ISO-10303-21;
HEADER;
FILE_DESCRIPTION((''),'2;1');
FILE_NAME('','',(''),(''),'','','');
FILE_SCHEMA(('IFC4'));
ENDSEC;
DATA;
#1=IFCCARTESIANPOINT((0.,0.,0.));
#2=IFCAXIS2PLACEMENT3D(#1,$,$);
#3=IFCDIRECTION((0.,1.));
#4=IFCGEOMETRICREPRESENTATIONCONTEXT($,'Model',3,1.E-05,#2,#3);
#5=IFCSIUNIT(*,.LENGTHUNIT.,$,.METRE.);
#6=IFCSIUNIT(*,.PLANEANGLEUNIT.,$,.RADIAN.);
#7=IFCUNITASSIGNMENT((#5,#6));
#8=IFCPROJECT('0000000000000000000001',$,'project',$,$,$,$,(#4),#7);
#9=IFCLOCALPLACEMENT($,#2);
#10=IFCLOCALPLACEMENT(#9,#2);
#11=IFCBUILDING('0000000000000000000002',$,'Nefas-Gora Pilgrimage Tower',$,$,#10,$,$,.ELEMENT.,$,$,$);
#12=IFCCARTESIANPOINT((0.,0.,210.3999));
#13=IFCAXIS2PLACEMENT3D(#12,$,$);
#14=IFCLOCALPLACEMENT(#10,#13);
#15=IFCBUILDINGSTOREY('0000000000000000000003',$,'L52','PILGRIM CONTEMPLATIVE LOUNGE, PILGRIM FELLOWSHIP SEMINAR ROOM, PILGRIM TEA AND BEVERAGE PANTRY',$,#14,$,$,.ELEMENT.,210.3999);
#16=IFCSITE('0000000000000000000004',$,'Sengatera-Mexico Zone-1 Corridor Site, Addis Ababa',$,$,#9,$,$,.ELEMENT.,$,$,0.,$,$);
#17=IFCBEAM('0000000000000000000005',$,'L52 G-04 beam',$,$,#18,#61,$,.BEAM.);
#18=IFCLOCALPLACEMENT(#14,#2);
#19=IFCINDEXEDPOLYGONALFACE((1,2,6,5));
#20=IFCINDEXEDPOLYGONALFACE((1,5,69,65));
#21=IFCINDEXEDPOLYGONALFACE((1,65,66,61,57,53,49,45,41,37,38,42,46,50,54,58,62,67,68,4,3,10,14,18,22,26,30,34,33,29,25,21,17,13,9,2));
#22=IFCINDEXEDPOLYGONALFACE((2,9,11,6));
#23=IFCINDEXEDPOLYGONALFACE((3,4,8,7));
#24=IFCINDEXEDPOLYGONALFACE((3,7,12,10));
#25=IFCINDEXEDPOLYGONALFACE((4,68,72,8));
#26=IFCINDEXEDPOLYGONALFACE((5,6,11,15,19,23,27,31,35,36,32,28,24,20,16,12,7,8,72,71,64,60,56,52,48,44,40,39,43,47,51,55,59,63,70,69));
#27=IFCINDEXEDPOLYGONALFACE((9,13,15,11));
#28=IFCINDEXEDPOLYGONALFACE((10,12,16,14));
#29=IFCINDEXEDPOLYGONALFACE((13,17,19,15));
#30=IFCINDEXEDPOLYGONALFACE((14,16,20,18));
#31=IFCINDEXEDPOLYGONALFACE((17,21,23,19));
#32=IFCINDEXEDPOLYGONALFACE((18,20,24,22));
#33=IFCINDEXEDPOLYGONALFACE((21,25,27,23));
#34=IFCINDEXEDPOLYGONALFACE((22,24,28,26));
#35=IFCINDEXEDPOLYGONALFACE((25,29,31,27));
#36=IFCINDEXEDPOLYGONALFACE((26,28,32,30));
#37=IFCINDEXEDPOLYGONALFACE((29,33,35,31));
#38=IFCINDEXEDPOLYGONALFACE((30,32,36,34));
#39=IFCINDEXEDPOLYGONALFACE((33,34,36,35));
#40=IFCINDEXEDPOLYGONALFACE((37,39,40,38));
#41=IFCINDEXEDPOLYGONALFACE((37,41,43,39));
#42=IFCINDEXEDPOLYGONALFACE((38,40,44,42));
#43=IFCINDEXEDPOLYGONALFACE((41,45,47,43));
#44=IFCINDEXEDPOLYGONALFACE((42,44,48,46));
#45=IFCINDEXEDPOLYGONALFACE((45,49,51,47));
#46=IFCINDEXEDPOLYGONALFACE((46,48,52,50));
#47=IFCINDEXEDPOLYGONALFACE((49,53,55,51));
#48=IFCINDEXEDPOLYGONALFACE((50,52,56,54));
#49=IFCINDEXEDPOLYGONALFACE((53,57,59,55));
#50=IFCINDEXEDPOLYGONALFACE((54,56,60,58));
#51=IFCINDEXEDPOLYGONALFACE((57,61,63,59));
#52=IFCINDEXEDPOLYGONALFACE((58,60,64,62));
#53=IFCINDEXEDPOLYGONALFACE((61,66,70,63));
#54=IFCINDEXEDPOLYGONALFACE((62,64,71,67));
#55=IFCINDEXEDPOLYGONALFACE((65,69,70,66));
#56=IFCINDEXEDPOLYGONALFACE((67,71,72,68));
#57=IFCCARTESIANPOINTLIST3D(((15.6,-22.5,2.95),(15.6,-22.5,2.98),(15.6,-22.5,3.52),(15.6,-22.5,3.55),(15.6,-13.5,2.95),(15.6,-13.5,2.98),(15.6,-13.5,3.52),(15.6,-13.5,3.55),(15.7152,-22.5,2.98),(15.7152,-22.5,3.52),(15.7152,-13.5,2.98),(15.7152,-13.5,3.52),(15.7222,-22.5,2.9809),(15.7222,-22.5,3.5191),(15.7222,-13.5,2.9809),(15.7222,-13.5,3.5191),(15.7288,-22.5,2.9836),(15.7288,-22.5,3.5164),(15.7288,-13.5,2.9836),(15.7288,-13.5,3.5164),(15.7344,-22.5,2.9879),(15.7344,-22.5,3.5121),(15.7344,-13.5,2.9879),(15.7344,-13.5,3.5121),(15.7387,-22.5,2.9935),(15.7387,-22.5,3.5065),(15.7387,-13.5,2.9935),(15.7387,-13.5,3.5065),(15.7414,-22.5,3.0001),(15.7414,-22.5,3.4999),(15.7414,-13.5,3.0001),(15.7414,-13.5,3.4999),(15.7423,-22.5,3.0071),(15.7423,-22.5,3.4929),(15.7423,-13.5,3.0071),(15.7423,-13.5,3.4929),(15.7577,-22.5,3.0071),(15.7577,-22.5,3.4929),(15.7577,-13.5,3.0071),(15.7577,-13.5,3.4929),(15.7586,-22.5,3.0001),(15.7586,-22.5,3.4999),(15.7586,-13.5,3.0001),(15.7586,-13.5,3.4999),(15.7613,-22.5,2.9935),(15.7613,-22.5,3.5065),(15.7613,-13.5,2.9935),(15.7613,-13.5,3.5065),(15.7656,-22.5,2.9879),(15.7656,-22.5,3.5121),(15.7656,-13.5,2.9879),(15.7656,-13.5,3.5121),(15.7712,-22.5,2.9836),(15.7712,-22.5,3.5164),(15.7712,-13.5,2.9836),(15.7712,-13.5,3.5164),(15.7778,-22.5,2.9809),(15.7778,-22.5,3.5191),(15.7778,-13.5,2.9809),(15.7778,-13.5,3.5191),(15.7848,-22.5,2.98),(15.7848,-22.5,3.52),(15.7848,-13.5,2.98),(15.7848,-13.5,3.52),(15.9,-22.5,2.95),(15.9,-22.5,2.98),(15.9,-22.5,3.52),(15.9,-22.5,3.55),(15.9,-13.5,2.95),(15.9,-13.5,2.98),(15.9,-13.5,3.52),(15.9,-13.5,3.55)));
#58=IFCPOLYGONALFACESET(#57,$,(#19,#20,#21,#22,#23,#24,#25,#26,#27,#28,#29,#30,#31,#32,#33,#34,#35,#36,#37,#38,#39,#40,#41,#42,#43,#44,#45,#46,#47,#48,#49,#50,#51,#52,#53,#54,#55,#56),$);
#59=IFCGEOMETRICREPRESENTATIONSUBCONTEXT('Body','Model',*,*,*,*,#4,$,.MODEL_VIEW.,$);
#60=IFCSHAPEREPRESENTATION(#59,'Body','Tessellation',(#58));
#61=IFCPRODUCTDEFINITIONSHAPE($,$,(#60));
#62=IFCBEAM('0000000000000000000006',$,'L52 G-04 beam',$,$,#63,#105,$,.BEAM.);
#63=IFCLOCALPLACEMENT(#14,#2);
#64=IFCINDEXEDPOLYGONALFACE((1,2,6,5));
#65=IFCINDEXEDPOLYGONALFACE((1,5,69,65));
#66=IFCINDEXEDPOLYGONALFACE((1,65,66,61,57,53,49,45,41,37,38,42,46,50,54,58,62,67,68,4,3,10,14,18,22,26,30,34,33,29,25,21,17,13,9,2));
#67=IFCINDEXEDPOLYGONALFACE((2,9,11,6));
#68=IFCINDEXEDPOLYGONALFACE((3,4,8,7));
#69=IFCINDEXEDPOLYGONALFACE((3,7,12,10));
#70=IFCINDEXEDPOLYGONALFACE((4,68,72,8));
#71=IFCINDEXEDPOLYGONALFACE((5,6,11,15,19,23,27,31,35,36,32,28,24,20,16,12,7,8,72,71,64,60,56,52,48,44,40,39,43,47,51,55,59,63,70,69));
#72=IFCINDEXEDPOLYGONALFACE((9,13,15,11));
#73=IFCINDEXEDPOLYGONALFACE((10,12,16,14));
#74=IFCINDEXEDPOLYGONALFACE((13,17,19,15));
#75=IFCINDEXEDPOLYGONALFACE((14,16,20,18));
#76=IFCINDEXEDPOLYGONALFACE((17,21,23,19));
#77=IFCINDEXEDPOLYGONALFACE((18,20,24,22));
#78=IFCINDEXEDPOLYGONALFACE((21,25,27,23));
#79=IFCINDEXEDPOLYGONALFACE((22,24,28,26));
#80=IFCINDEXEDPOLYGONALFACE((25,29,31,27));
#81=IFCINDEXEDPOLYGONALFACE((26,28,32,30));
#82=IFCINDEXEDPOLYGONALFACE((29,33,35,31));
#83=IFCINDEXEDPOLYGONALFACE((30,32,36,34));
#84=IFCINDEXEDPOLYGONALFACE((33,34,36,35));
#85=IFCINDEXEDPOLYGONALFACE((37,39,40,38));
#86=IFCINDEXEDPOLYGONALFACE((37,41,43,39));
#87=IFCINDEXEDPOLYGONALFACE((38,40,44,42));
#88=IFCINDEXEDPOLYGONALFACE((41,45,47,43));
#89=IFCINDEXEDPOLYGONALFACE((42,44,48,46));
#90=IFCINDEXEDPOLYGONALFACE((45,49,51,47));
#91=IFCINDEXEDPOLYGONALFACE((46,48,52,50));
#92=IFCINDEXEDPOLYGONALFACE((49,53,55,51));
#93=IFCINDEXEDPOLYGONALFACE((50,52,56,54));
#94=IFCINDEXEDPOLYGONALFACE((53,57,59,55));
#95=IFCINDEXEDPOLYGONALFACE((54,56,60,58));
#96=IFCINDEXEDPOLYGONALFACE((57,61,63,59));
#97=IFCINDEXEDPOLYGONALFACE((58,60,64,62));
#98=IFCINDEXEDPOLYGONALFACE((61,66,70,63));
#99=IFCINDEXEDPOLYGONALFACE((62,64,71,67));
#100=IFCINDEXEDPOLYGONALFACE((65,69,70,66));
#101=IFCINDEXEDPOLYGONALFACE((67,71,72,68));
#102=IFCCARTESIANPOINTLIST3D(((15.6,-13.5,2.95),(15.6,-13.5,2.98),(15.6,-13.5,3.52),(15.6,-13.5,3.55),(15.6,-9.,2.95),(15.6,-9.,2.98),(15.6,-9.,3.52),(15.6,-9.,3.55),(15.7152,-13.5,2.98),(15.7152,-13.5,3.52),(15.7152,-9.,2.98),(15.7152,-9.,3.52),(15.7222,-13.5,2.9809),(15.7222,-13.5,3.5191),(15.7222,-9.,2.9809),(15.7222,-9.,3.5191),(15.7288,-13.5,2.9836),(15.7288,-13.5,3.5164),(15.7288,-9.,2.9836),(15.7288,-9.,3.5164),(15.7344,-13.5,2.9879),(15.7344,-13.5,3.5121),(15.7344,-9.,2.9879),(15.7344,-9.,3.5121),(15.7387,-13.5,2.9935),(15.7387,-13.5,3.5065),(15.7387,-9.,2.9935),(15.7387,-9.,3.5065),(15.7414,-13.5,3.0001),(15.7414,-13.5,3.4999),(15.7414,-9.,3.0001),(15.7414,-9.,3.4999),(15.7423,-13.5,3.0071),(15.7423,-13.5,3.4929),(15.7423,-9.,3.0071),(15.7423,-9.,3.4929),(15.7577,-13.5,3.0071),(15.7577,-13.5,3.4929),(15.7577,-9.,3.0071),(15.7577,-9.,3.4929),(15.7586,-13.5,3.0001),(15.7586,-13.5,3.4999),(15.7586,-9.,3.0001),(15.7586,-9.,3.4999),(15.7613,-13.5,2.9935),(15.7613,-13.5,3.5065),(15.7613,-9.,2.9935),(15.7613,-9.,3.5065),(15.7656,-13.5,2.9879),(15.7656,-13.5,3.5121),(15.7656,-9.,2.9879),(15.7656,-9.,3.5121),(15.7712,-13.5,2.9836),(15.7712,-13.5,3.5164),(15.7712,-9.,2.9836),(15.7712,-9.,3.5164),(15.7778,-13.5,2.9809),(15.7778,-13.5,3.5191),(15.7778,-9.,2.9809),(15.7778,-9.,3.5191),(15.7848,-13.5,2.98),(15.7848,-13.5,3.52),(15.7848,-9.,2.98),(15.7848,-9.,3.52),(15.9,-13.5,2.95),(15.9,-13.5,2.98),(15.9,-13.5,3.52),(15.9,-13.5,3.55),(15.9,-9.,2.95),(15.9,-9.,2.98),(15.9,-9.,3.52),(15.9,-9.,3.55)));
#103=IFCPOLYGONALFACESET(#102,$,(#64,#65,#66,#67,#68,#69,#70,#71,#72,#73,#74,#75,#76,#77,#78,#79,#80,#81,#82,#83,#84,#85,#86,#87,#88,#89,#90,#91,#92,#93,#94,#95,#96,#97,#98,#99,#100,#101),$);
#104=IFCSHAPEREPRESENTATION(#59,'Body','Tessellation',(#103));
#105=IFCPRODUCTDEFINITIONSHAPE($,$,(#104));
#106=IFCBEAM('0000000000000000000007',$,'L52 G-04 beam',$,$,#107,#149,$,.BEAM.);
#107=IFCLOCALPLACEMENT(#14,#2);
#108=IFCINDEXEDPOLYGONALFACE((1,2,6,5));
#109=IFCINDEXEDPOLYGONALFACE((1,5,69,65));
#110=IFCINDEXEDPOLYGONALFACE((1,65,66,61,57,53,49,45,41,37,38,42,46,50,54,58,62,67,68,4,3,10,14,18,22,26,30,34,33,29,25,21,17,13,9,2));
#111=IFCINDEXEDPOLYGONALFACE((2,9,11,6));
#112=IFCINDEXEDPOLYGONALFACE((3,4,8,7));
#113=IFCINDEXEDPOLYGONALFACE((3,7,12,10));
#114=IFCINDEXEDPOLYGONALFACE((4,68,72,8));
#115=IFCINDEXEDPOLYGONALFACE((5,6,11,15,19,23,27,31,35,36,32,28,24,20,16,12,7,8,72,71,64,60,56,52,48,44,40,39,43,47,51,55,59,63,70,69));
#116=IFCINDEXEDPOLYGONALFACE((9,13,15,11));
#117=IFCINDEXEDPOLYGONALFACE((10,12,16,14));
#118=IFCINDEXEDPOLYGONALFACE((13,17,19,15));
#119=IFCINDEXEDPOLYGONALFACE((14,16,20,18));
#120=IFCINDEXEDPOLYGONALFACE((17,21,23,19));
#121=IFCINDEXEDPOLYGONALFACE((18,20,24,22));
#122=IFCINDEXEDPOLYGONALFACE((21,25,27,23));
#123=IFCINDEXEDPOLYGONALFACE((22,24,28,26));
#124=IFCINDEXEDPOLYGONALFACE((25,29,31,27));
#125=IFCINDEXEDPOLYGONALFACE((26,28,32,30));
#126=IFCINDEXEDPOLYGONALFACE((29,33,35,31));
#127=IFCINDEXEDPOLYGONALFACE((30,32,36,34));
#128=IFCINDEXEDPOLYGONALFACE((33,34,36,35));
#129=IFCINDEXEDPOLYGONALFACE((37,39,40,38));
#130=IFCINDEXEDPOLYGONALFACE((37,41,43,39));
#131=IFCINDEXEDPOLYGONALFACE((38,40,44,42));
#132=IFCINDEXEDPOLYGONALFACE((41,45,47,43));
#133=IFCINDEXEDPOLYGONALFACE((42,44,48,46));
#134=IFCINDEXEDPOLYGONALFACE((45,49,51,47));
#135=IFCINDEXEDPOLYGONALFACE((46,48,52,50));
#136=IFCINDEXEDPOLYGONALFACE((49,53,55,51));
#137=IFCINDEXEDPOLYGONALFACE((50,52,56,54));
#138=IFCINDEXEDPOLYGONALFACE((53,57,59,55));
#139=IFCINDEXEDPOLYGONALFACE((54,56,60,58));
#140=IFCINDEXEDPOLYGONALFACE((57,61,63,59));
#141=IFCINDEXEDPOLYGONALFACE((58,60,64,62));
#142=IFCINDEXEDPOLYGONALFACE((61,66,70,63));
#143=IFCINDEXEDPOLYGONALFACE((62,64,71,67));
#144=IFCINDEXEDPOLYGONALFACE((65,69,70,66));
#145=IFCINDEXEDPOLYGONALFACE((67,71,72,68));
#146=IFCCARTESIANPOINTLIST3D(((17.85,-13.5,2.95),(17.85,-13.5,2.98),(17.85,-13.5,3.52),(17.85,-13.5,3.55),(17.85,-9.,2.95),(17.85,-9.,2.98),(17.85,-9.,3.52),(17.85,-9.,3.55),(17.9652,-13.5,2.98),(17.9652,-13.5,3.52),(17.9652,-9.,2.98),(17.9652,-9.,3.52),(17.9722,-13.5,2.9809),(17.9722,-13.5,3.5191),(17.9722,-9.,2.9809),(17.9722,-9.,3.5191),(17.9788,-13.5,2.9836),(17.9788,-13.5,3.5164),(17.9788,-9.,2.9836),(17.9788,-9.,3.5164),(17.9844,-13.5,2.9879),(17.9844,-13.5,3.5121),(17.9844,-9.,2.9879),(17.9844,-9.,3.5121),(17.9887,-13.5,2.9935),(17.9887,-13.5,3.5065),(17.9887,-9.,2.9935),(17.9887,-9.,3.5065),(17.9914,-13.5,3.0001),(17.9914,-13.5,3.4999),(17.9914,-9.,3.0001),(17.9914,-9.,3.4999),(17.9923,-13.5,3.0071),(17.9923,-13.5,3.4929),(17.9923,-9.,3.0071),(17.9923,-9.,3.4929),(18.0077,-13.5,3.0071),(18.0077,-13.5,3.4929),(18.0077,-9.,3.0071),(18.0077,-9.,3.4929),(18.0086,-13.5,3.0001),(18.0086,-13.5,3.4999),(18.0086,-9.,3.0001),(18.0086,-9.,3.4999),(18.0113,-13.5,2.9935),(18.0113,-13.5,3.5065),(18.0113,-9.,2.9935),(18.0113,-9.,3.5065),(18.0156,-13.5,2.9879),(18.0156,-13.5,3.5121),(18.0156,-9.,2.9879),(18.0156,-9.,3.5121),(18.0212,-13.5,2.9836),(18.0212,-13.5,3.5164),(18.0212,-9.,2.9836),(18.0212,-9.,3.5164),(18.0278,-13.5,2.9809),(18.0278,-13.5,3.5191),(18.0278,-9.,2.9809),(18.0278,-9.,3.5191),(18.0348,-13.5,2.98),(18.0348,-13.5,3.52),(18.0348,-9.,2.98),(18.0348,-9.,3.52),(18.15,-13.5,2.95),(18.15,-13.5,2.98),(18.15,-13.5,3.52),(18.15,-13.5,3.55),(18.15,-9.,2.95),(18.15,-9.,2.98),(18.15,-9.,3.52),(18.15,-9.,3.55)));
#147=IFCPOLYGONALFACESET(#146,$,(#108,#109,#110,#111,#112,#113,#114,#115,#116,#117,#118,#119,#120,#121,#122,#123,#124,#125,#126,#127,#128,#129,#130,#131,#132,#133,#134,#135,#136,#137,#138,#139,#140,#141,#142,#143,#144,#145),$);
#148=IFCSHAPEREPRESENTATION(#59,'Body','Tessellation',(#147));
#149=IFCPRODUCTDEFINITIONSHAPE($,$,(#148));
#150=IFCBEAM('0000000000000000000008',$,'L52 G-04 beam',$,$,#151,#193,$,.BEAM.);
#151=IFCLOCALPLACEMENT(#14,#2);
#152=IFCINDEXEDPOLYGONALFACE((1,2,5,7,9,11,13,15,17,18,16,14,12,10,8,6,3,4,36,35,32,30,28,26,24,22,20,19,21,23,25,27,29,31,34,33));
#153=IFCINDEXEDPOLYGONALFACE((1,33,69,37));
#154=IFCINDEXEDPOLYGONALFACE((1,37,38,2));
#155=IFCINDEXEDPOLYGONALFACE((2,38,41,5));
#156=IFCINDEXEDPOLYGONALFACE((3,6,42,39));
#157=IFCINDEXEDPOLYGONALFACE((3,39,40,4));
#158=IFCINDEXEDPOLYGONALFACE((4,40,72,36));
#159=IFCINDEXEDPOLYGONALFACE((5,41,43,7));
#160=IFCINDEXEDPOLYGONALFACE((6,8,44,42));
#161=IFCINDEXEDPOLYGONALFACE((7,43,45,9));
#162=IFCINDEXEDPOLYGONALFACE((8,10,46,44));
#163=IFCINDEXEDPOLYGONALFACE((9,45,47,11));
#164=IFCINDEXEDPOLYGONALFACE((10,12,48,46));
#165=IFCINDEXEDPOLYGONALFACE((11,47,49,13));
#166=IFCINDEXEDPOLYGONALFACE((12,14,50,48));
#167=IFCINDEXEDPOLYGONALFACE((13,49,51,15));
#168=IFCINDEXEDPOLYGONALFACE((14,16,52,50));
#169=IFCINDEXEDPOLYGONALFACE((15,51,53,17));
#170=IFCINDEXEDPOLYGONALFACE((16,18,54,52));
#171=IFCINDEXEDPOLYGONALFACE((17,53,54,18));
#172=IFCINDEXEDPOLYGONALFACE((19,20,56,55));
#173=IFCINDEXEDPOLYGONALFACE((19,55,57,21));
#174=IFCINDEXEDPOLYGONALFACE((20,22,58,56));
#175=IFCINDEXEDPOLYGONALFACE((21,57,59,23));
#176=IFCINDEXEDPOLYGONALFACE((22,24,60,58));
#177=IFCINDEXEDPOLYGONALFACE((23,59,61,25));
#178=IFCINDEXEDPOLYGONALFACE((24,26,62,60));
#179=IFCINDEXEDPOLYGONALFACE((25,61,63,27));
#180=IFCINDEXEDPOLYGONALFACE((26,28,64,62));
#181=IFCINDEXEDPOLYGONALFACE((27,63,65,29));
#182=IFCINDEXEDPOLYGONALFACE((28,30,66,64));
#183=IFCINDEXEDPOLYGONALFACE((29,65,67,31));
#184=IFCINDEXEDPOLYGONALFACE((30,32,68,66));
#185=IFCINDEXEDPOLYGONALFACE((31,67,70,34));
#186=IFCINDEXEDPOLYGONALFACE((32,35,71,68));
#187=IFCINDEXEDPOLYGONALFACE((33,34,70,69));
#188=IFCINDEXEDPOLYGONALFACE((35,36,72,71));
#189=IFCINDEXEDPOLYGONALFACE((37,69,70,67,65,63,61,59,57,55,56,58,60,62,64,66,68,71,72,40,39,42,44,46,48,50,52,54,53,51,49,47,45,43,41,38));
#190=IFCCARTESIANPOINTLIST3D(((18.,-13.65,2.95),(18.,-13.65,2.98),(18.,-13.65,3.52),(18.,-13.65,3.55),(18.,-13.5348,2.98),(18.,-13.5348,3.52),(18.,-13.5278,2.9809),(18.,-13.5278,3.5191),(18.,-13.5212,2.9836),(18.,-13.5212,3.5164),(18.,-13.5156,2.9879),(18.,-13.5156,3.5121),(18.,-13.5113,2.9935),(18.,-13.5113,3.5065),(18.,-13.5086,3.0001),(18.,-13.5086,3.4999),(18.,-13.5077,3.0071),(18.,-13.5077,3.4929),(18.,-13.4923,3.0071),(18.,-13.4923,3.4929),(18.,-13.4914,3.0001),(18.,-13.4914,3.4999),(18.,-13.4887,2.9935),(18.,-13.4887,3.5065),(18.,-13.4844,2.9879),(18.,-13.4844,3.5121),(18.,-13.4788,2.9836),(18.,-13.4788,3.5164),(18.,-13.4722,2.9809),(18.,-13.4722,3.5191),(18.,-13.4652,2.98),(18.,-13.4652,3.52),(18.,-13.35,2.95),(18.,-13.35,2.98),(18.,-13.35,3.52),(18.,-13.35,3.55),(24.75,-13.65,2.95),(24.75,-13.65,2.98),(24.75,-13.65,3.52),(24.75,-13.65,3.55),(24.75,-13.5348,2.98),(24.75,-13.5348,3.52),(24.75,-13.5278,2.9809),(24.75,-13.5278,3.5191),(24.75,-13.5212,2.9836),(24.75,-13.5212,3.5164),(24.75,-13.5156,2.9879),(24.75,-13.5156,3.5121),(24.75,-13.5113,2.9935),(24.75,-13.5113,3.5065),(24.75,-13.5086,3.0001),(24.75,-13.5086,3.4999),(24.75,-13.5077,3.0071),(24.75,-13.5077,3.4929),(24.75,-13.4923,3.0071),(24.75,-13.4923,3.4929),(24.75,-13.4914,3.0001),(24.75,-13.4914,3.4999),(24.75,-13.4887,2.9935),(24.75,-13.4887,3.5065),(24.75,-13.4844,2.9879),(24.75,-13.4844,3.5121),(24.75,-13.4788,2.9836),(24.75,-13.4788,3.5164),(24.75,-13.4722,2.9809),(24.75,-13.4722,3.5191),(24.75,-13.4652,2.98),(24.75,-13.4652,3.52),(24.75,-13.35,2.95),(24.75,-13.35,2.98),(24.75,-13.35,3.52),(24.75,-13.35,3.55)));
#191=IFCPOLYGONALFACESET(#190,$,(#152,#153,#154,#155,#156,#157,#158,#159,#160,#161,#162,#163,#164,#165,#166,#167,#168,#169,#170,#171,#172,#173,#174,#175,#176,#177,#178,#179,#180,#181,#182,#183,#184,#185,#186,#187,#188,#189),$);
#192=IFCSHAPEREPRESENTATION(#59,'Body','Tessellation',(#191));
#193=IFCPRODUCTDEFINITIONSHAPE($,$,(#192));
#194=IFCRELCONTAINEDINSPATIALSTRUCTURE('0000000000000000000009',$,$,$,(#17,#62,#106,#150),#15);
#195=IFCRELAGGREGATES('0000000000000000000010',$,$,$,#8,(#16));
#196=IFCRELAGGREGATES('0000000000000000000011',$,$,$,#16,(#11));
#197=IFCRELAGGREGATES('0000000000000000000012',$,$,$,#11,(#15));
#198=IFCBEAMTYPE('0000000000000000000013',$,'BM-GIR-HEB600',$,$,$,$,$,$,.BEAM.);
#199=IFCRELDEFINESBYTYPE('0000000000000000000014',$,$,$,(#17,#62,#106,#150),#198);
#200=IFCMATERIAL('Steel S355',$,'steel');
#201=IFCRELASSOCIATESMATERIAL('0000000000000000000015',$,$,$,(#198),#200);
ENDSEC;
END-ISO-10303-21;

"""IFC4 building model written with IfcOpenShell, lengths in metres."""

from ifc_helpers import new_model, si_unit, direction, frame, origin, origin_2d, place, context, subcontext, project, spatial, i_section, extrude, source, transform, mapped, material, material_profile, profile_set, type_object, element, save


model = new_model("IFC4")

# Units and contexts
model_context = context("Model", 3, precision=1e-05, world=origin(), true_north=direction((0.0, 1.0)))
body_context = subcontext(model_context, "Body", "Model", "MODEL_VIEW")
ifc_project = project(units=[si_unit("LENGTHUNIT", "METRE"), si_unit("PLANEANGLEUNIT", "RADIAN")], contexts=[model_context])

# Site, building, storey
site_placement = place(None, origin())
site = spatial("IfcSite", under=ifc_project, at=site_placement, Name="Sengatera-Mexico Zone-1 Corridor Site, Addis Ababa", CompositionType="ELEMENT", RefElevation=0.0)
building_placement = place(site_placement, origin())
building = spatial("IfcBuilding", under=site, at=building_placement, Name="Nefas-Gora Pilgrimage Tower", CompositionType="ELEMENT")
storey_placement = place(building_placement, frame((0.0, 0.0, 210.3999)))
storey = spatial("IfcBuildingStorey", under=building, at=storey_placement, Name="L52", Description="PILGRIM CONTEMPLATIVE LOUNGE, PILGRIM FELLOWSHIP SEMINAR ROOM, PILGRIM TEA AND BEVERAGE PANTRY", CompositionType="ELEMENT", Elevation=210.3999)

# Beams
ifc_material_1 = material(Name="Steel S355", Category="steel")
ifc_material_profile_1 = material_profile(ifc_material_1, i_section(OverallWidth=0.3, OverallDepth=0.6001, WebThickness=0.0154, FlangeThickness=0.03, FilletRadius=0.0271, at=origin_2d()), Name="HEB 600")
ifc_profile_set_1 = profile_set([ifc_material_profile_1], Name="Steel S355")
beam_type_1 = type_object("IfcBeamType", Name="BM-GIR-HEB600", PredefinedType="BEAM", material=ifc_profile_set_1)
shared_shape_1 = source(origin(), body_context, "Body", "SweptSolid", [
    extrude(i_section(OverallWidth=0.3, OverallDepth=0.6001, WebThickness=0.0154, FlangeThickness=0.03, FilletRadius=0.0271, at=origin_2d()), origin(), (0.0, 0.0, 1.0), 9.0),
])
for number, where, z_axis, x_axis, name in (
    (1, (15.75, -22.5, 3.25), (0.0, 1.0, 0.0), (-1.0, 0.0, 0.0), "L52 G-04 beam"),
):
    element("IfcBeam", number, at=place(storey_placement, frame(where, z_axis=z_axis, x_axis=x_axis)), inside=storey, type_object=beam_type_1, Name=name, PredefinedType="BEAM", context=body_context, shape_type="MappedRepresentation", body=[
        mapped(shared_shape_1, transform((0.0, 0.0, 0.0), x_axis=(1.0, 0.0, 0.0), y_axis=(0.0, 1.0, 0.0), z_axis=(0.0, 0.0, 1.0), scale=1.0)),
    ])
shared_shape_2 = source(origin(), body_context, "Body", "SweptSolid", [
    extrude(i_section(OverallWidth=0.3, OverallDepth=0.6001, WebThickness=0.0154, FlangeThickness=0.03, FilletRadius=0.0271, at=origin_2d()), origin(), (0.0, 0.0, 1.0), 4.5),
])
for number, where, z_axis, x_axis, name in (
    (2, (15.75, -13.5, 3.25), (0.0, 1.0, 0.0), (-1.0, 0.0, 0.0), "L52 G-04 beam"),
    (3, (18.0, -13.5, 3.25), (0.0, 1.0, 0.0), (-1.0, 0.0, 0.0), "L52 G-04 beam"),
):
    element("IfcBeam", number, at=place(storey_placement, frame(where, z_axis=z_axis, x_axis=x_axis)), inside=storey, type_object=beam_type_1, Name=name, PredefinedType="BEAM", context=body_context, shape_type="MappedRepresentation", body=[
        mapped(shared_shape_2, transform((0.0, 0.0, 0.0), x_axis=(1.0, 0.0, 0.0), y_axis=(0.0, 1.0, 0.0), z_axis=(0.0, 0.0, 1.0), scale=1.0)),
    ])
shared_shape_3 = source(origin(), body_context, "Body", "SweptSolid", [
    extrude(i_section(OverallWidth=0.3, OverallDepth=0.6001, WebThickness=0.0154, FlangeThickness=0.03, FilletRadius=0.0271, at=origin_2d()), origin(), (0.0, 0.0, 1.0), 6.75),
])
beam_1_placement = place(storey_placement, frame((18.0, -13.5, 3.25), z_axis=(1.0, 0.0, 0.0), x_axis=(0.0, 1.0, 0.0)))
element("IfcBeam", 4, at=beam_1_placement, inside=storey, type_object=beam_type_1, Name="L52 G-04 beam", PredefinedType="BEAM", context=body_context, shape_type="MappedRepresentation", body=[
    mapped(shared_shape_3, transform((0.0, 0.0, 0.0), x_axis=(1.0, 0.0, 0.0), y_axis=(0.0, 1.0, 0.0), z_axis=(0.0, 0.0, 1.0), scale=1.0)),
])

save(model, "model.ifc")
